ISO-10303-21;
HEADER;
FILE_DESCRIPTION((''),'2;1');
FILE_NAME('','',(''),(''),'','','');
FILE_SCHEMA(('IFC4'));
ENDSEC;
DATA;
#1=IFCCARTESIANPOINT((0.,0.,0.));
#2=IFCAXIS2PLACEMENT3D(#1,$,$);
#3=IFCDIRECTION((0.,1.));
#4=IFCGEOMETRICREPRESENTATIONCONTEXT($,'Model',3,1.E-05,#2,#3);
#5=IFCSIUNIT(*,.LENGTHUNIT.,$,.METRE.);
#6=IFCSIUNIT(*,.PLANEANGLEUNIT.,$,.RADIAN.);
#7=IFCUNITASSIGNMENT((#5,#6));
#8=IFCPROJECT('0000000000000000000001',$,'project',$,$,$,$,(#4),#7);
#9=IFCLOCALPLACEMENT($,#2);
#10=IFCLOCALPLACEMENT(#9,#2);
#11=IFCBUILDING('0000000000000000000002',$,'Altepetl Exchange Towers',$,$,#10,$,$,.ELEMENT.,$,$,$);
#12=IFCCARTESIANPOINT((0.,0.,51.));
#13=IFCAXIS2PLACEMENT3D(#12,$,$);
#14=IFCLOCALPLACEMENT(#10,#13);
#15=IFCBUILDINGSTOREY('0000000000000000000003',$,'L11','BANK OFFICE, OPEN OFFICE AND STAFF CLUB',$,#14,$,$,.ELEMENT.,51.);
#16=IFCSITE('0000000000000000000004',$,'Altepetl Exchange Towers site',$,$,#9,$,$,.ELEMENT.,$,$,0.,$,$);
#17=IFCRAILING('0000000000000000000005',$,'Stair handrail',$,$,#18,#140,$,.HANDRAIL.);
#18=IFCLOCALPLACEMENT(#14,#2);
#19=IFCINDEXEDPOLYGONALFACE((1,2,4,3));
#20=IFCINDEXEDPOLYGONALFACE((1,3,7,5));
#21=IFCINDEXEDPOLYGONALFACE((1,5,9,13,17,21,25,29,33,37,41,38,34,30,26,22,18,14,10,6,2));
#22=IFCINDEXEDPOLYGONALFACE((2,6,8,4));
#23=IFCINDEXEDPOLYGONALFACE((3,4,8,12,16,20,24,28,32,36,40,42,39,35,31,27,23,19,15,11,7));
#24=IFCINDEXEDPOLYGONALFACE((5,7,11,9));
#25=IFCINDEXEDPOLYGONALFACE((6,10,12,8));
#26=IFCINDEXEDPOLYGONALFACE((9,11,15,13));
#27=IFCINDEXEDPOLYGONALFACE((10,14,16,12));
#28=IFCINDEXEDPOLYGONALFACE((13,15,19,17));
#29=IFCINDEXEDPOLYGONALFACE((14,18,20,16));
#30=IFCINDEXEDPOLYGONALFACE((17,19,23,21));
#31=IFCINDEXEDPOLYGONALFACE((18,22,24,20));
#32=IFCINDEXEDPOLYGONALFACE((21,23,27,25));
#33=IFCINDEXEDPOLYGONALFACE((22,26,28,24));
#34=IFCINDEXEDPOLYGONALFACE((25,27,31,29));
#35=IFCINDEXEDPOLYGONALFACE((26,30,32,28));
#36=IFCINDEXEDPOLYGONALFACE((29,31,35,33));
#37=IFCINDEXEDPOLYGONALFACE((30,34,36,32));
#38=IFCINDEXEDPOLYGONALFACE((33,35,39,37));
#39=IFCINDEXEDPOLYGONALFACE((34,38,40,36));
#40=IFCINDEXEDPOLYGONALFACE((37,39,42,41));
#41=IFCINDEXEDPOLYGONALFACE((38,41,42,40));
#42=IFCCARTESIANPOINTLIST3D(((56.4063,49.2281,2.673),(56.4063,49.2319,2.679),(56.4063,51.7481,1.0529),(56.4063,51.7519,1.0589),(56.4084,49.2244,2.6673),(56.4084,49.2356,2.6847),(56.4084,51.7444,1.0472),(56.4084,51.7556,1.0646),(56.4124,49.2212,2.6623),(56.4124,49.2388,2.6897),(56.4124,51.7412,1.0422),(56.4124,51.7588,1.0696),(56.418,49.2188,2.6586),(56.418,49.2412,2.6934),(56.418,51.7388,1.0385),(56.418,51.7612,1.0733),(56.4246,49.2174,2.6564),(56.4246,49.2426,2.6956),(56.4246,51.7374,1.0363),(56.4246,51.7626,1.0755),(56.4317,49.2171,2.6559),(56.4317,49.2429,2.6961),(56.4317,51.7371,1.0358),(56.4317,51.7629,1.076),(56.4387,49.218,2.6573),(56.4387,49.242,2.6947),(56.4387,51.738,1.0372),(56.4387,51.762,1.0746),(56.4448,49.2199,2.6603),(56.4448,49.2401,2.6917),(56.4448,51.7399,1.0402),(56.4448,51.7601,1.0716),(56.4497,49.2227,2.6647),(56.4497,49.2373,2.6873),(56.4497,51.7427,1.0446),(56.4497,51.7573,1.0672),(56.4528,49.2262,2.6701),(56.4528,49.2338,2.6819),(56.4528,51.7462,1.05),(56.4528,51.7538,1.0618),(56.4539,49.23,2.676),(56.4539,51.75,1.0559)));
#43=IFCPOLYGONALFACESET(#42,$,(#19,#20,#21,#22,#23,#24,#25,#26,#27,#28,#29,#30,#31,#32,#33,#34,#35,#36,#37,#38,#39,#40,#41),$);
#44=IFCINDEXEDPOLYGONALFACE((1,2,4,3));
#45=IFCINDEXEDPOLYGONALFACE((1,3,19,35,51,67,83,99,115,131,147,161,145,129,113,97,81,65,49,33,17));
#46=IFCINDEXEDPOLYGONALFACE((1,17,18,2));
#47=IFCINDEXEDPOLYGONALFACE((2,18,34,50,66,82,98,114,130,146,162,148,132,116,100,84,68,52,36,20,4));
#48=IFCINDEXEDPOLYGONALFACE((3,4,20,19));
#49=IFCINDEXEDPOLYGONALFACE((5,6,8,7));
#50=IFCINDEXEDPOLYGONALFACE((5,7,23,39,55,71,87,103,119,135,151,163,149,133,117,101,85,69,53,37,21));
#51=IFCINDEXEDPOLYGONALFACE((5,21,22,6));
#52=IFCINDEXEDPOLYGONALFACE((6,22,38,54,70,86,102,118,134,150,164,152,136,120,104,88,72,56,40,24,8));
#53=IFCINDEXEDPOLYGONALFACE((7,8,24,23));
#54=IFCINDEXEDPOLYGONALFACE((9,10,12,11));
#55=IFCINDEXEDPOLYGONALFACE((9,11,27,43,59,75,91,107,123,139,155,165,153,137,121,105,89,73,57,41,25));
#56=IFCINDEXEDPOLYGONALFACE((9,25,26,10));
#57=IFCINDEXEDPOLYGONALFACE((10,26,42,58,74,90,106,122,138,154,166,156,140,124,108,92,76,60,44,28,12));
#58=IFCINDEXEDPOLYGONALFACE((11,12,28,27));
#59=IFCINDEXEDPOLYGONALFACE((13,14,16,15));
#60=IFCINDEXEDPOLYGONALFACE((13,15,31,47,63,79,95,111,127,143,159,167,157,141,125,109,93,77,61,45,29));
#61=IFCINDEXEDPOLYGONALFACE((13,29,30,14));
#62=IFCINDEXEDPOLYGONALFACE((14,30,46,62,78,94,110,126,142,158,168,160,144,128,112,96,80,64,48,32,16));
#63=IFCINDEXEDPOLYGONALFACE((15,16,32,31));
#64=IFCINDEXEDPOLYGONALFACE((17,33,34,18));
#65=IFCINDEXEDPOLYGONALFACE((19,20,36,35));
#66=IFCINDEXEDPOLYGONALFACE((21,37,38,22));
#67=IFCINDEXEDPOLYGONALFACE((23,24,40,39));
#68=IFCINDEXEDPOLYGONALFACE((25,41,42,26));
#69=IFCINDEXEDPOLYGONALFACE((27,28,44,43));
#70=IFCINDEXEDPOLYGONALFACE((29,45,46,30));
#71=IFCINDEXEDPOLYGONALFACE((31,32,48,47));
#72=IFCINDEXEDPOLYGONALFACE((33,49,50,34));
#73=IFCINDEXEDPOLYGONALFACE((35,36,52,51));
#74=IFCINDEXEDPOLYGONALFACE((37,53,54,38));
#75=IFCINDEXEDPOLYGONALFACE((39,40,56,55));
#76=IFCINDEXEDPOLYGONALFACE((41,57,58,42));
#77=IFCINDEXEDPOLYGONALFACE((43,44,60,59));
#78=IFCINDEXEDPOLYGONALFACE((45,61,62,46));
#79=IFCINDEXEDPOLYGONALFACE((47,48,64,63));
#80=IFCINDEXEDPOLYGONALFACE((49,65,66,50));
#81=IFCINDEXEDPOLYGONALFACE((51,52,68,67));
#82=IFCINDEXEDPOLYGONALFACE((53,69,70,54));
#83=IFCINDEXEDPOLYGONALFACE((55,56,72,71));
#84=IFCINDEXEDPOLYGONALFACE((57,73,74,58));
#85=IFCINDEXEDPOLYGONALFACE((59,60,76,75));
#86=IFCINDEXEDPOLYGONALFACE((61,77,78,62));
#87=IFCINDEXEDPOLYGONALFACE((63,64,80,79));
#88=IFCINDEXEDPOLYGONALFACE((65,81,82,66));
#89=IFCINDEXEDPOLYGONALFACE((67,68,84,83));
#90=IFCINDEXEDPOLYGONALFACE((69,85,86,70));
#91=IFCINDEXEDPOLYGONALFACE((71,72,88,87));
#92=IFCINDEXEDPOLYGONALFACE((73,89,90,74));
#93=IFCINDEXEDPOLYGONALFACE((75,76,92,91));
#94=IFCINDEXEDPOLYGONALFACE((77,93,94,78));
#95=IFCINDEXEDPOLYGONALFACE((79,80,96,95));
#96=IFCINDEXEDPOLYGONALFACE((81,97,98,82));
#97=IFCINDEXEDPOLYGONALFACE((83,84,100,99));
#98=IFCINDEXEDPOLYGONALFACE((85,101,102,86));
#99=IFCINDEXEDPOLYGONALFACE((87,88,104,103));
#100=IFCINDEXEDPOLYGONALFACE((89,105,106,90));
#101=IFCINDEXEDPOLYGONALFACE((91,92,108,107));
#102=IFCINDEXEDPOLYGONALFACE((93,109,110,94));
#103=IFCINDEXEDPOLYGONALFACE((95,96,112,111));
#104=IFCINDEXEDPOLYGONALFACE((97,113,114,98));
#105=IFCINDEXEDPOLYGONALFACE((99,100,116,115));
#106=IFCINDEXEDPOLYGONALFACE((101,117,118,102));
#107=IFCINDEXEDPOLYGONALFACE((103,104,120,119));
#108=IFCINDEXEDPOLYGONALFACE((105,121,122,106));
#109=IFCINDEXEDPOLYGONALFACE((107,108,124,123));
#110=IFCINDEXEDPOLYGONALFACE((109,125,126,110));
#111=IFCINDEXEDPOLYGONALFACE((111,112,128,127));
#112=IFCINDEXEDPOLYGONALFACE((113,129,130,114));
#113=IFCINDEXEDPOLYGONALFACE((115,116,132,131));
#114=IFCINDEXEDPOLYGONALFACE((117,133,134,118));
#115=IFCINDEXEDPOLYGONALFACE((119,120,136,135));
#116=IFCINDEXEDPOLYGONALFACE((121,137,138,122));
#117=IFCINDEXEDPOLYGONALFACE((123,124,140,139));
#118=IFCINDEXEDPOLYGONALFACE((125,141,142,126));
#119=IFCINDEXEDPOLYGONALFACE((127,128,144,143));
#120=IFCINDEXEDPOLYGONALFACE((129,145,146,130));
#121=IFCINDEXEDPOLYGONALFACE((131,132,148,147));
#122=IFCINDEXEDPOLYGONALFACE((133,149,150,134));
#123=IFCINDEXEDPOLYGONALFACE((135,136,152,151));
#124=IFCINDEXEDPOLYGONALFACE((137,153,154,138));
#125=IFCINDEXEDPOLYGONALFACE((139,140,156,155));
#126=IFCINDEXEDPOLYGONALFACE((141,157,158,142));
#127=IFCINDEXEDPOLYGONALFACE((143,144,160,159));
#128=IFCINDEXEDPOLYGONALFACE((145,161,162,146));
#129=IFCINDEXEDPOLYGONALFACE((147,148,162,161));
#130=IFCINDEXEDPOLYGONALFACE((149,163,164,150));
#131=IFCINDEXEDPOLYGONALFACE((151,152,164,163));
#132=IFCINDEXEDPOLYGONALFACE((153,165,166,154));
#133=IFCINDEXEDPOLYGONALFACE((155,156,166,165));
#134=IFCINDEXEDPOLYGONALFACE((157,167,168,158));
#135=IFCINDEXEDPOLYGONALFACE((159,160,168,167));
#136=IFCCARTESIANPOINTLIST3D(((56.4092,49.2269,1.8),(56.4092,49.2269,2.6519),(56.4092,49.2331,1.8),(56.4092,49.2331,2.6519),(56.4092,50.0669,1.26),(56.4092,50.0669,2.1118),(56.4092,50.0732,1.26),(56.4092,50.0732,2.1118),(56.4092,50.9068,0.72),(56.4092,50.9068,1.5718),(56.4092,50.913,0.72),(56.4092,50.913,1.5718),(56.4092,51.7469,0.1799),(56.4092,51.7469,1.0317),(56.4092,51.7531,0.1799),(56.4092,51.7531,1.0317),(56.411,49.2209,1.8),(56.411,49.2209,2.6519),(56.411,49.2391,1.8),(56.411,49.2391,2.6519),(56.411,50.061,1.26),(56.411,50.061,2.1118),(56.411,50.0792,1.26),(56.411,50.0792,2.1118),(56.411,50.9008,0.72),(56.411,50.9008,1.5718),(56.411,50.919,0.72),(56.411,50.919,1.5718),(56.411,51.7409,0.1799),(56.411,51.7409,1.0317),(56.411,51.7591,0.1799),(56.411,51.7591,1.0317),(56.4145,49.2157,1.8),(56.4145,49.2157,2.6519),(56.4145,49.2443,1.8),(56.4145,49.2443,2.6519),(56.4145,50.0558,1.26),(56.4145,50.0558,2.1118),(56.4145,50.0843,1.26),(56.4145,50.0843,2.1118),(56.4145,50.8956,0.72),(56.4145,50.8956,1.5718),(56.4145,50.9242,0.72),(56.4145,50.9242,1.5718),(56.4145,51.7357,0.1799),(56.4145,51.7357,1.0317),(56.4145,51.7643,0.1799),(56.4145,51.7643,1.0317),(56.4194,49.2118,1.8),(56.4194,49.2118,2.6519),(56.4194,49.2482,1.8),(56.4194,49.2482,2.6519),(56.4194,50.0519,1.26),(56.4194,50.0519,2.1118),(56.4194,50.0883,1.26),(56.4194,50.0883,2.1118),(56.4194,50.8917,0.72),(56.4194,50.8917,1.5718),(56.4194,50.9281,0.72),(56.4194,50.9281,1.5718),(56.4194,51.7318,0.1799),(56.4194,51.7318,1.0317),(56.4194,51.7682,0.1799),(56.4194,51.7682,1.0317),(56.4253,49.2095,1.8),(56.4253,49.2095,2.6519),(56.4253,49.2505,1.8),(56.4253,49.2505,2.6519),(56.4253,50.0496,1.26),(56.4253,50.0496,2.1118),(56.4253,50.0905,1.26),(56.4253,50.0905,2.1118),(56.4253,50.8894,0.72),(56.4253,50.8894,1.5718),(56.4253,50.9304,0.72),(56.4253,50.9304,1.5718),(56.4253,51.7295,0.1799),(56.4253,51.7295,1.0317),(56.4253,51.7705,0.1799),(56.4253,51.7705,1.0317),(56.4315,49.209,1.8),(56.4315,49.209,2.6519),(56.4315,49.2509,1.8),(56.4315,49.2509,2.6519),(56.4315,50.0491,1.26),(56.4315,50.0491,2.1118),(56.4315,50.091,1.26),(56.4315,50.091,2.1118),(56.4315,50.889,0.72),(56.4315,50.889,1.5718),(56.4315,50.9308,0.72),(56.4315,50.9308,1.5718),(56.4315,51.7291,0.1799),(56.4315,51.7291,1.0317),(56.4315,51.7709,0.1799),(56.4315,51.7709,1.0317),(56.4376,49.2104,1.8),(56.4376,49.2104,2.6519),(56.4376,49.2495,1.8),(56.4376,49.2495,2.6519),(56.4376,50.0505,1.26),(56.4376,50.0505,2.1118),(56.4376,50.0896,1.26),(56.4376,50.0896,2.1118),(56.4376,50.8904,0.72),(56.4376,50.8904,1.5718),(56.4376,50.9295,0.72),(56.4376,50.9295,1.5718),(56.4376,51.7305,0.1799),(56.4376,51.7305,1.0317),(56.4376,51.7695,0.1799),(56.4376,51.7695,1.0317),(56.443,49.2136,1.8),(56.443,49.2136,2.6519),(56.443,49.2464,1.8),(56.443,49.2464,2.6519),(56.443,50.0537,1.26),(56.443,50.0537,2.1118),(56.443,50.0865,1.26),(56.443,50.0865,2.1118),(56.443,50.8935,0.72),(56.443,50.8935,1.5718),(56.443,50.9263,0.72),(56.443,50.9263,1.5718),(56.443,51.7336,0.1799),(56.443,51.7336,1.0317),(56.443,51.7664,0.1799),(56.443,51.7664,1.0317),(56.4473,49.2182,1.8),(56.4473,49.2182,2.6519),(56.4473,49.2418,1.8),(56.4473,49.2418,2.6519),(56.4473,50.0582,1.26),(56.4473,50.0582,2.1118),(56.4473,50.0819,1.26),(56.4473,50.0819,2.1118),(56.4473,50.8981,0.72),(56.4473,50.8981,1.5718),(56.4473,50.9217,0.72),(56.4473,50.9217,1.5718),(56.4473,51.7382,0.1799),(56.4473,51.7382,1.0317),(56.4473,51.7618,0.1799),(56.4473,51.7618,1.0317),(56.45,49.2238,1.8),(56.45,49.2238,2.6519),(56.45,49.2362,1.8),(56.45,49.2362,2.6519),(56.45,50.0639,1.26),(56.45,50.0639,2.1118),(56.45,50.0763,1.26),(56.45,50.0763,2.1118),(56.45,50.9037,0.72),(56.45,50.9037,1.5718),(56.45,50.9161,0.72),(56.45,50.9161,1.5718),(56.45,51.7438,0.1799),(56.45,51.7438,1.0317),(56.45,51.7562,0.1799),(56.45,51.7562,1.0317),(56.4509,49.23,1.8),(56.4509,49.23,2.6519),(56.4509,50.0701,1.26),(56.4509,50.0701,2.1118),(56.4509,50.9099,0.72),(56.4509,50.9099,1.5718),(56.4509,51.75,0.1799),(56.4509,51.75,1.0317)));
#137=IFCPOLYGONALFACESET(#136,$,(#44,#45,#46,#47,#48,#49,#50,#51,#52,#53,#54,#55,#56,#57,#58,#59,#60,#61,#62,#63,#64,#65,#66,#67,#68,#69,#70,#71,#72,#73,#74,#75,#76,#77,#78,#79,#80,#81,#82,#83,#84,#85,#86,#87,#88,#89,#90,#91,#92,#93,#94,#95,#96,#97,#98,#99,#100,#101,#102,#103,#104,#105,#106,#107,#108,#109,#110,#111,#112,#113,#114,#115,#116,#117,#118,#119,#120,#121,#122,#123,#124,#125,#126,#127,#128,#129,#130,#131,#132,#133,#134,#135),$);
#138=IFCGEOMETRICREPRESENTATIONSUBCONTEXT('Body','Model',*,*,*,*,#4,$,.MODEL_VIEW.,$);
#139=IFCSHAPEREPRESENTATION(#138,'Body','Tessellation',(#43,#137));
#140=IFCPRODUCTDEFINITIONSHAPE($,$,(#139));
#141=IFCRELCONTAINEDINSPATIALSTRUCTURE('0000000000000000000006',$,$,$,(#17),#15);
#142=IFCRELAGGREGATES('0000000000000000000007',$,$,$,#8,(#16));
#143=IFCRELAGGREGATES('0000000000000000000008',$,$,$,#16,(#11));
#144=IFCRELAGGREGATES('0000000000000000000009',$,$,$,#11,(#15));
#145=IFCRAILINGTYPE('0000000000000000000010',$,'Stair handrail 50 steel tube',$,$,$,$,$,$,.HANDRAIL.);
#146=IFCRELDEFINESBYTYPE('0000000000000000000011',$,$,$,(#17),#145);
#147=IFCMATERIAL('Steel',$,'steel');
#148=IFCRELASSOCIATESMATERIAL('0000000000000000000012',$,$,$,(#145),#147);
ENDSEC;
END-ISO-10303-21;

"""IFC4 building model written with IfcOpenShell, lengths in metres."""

from ifc_helpers import new_model, si_unit, direction, frame, origin, origin_2d, place, context, subcontext, project, spatial, circle, extrude, source, transform, mapped, material, type_object, element, save


model = new_model("IFC4")

# Units and contexts
model_context = context("Model", 3, precision=1e-05, world=origin(), true_north=direction((0.0, 1.0)))
body_context = subcontext(model_context, "Body", "Model", "MODEL_VIEW")
ifc_project = project(units=[si_unit("LENGTHUNIT", "METRE"), si_unit("PLANEANGLEUNIT", "RADIAN")], contexts=[model_context])

# Site, building, storey
site_placement = place(None, origin())
site = spatial("IfcSite", under=ifc_project, at=site_placement, Name="Altepetl Exchange Towers site", CompositionType="ELEMENT", RefElevation=0.0)
building_placement = place(site_placement, origin())
building = spatial("IfcBuilding", under=site, at=building_placement, Name="Altepetl Exchange Towers", CompositionType="ELEMENT")
storey_placement = place(building_placement, frame((0.0, 0.0, 51.0)))
storey = spatial("IfcBuildingStorey", under=building, at=storey_placement, Name="L11", Description="BANK OFFICE, OPEN OFFICE AND STAFF CLUB", CompositionType="ELEMENT", Elevation=51.0)

# Railing
ifc_material_1 = material(Name="Steel", Category="steel")
railing_type = type_object("IfcRailingType", Name="Stair handrail 50 steel tube", PredefinedType="HANDRAIL", material=ifc_material_1)
shared_shape = source(origin(), body_context, "Body", "SweptSolid", [
    extrude(circle(Radius=0.021, at=origin_2d()), origin(), (0.0, 0.0, 1.0), 0.8518),
])
railing_1_placement = place(storey_placement, frame((56.4299, 51.75, 0.1799)))
element("IfcRailing", 1, at=railing_1_placement, inside=storey, type_object=railing_type, Name="Stair handrail", PredefinedType="HANDRAIL", context=body_context, shape_type="SweptSolid", body=[
    extrude(circle(Radius=0.0239, at=origin_2d()), frame((0.0, 0.0, 0.876), z_axis=(0.0, -0.841163, 0.540782), x_axis=(1.0, 0.0, 0.0)), (0.0, 0.0, 1.0), 2.9958),
    mapped(shared_shape, transform((0.0, 0.0, 0.0))),
    mapped(shared_shape, transform((0.0, -0.8401, 0.54))),
    mapped(shared_shape, transform((0.0, -1.6799, 1.0801))),
    mapped(shared_shape, transform((0.0, -2.52, 1.6201))),
])

save(model, "model.ifc")
